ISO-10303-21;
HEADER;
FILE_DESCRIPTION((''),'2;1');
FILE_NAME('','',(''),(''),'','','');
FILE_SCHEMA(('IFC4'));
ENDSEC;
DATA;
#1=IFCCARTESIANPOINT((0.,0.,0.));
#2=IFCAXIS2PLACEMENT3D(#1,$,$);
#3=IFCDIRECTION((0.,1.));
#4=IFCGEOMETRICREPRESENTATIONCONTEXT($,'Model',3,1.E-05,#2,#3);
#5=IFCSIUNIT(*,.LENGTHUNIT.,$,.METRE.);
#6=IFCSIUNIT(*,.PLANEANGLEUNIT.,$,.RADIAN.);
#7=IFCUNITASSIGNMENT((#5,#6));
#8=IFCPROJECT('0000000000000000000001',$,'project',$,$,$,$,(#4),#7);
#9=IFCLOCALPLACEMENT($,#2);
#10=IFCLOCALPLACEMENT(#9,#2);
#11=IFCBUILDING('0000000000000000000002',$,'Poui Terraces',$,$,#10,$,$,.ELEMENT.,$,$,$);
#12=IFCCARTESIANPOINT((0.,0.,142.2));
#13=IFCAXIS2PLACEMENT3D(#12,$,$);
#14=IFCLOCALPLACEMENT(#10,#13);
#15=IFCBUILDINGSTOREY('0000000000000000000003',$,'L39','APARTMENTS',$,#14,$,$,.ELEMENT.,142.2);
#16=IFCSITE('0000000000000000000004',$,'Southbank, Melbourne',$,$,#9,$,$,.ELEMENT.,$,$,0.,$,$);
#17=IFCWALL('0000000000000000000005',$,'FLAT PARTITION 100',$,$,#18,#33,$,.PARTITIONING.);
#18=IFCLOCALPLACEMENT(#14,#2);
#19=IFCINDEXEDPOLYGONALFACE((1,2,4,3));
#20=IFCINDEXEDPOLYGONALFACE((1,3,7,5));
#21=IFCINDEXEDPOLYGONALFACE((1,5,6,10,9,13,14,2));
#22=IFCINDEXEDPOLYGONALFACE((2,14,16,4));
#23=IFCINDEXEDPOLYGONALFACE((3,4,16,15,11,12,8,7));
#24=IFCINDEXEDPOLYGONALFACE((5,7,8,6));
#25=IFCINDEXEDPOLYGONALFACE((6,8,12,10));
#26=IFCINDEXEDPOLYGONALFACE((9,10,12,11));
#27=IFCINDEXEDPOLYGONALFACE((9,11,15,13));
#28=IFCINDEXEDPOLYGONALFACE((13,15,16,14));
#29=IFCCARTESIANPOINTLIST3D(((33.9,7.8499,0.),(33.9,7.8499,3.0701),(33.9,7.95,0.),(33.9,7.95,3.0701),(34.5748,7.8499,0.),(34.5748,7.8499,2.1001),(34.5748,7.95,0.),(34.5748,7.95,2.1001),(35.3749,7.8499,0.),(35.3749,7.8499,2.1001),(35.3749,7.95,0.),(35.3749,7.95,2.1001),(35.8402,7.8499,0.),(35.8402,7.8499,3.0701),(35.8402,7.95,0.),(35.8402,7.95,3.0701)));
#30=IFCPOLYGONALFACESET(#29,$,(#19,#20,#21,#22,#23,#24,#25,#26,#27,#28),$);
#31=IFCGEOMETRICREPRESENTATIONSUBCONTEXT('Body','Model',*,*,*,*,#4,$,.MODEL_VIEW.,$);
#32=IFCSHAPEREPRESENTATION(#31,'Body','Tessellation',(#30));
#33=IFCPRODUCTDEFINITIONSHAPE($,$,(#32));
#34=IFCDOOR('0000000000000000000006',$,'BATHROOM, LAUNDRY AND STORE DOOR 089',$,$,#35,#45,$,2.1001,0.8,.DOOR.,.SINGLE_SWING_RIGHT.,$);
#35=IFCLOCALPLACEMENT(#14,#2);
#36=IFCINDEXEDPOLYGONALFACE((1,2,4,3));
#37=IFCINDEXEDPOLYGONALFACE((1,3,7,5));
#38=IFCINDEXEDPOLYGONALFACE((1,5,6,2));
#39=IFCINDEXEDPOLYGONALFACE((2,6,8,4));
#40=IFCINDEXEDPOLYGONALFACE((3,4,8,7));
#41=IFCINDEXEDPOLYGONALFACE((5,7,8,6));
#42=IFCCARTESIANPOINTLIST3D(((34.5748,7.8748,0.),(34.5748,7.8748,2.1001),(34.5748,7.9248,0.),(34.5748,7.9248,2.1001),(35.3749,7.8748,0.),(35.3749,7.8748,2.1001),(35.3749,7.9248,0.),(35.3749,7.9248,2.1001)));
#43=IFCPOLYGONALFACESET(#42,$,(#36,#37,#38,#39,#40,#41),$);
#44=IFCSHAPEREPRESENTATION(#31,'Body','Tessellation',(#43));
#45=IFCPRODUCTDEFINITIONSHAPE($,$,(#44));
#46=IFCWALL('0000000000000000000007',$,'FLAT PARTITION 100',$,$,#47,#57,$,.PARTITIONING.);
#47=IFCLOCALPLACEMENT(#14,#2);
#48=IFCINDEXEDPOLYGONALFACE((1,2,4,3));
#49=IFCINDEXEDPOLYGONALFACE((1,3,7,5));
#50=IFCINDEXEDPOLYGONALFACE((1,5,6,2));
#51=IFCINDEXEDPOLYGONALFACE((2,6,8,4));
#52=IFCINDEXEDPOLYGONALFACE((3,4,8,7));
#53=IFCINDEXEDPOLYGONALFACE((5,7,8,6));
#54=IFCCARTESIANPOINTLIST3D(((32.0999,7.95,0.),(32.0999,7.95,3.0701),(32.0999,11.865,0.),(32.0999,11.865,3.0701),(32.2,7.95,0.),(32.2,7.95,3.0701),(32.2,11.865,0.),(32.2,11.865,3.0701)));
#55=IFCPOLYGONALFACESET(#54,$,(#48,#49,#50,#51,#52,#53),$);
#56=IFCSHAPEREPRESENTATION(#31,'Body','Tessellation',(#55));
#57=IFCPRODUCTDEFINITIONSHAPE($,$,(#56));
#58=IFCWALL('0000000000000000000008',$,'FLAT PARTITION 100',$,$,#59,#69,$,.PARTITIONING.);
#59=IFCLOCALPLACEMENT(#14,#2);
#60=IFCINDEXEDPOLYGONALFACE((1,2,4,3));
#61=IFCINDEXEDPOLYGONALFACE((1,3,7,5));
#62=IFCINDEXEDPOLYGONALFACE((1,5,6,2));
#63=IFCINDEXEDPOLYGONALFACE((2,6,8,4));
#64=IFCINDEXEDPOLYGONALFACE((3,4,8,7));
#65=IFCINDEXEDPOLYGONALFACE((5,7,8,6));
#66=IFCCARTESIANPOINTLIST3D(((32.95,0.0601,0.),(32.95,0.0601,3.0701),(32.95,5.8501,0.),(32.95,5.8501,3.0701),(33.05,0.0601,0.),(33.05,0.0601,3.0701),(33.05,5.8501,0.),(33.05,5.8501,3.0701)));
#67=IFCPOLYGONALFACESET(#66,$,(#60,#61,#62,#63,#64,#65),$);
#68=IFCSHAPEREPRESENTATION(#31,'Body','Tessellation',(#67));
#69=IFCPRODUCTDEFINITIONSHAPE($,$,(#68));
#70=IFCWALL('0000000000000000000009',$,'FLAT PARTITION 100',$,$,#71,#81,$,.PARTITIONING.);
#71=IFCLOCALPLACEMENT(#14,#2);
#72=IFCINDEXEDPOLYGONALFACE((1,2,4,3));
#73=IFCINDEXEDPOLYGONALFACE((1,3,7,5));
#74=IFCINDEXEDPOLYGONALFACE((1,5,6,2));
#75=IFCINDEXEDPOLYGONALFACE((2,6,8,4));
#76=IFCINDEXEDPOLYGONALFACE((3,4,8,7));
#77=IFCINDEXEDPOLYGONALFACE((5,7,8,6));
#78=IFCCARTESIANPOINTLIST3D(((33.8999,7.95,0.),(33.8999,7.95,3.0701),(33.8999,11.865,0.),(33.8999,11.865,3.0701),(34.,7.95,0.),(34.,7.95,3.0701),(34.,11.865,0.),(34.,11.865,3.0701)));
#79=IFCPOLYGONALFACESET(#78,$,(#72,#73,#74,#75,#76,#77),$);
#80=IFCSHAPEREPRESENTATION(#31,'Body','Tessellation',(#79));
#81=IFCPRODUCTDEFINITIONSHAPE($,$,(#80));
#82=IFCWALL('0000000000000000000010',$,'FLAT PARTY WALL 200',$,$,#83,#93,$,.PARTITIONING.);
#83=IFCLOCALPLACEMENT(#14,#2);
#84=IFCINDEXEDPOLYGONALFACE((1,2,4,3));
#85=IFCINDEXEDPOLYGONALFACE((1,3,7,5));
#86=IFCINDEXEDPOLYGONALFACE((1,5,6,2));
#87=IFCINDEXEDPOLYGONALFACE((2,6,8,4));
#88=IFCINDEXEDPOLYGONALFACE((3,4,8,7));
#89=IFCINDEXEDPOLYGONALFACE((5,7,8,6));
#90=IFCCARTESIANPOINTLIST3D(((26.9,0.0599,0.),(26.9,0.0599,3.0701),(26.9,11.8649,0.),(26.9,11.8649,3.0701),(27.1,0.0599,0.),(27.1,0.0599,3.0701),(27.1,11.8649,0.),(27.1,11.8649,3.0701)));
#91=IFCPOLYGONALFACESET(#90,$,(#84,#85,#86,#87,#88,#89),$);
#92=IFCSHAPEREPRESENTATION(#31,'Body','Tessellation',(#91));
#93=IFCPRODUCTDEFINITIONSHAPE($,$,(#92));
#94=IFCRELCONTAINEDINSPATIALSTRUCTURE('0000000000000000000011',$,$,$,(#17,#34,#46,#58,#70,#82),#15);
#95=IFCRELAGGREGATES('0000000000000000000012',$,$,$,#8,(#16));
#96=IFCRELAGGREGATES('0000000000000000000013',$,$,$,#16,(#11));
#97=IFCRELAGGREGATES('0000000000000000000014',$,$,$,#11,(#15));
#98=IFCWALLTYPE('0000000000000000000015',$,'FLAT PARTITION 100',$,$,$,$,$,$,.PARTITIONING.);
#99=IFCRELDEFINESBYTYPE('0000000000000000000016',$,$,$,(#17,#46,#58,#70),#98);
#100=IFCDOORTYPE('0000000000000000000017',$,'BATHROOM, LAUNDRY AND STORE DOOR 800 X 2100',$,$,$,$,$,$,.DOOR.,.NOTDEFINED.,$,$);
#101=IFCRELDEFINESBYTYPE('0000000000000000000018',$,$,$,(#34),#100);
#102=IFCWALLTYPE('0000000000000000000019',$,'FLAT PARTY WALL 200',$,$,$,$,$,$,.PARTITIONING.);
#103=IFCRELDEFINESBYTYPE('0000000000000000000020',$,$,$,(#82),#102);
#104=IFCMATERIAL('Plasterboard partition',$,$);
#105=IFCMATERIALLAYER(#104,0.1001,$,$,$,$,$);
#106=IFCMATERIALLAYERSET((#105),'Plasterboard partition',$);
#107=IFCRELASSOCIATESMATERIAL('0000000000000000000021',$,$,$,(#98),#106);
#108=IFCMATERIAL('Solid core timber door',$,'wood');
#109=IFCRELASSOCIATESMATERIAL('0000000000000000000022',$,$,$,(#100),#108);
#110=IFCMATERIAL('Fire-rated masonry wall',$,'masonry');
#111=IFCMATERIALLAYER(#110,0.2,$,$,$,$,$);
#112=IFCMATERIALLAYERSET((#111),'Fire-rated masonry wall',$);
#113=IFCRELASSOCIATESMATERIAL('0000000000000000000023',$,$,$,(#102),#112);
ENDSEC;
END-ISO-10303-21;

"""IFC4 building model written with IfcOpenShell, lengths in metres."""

from ifc_helpers import new_model, si_unit, direction, frame, frame_2d, origin, place, context, subcontext, project, spatial, rectangle, extrude, material, layer, layer_set, type_object, element, fill, save


model = new_model("IFC4")

# Units and contexts
model_context = context("Model", 3, precision=1e-05, world=origin(), true_north=direction((0.0, 1.0)))
body_context = subcontext(model_context, "Body", "Model", "MODEL_VIEW")
ifc_project = project(units=[si_unit("LENGTHUNIT", "METRE"), si_unit("PLANEANGLEUNIT", "RADIAN")], contexts=[model_context])

# Site, building, storey
site_placement = place(None, origin())
site = spatial("IfcSite", under=ifc_project, at=site_placement, Name="Southbank, Melbourne", CompositionType="ELEMENT", RefElevation=0.0)
building_placement = place(site_placement, origin())
building = spatial("IfcBuilding", under=site, at=building_placement, Name="Poui Terraces", CompositionType="ELEMENT")
storey_placement = place(building_placement, frame((0.0, 0.0, 142.2)))
storey = spatial("IfcBuildingStorey", under=building, at=storey_placement, Name="L39", Description="APARTMENTS", CompositionType="ELEMENT", Elevation=142.2)

# Wall, opening, door
ifc_material_1 = material(Name="Solid core timber door", Category="wood")
ifc_material_2 = material(Name="Plasterboard partition")
ifc_layer_1 = layer(ifc_material_2, 0.1001)
ifc_layer_set_1 = layer_set([ifc_layer_1], Name="Plasterboard partition")
wall_type_1 = type_object("IfcWallType", Name="FLAT PARTITION 100", PredefinedType="PARTITIONING", material=ifc_layer_set_1)
door_type_1 = type_object("IfcDoorType", Name="BATHROOM, LAUNDRY AND STORE DOOR 800 X 2100", OperationType="NOTDEFINED", PredefinedType="DOOR", material=ifc_material_1)
wall_1_placement = place(storey_placement, frame((33.8999, 7.8999, 0.0), z_axis=(0.0, 0.0, 1.0), x_axis=(1.0, 0.0, 0.0)))
wall_1 = element("IfcWall", 1, at=wall_1_placement, inside=storey, type_object=wall_type_1, Name="FLAT PARTITION 100", PredefinedType="PARTITIONING", context=body_context, shape_type="SweptSolid", body=[
    extrude(rectangle(XDim=1.9402, YDim=0.1001, at=frame_2d((0.9702, 0.0))), origin(), (0.0, 0.0, 1.0), 3.0701),
])
opening_1_placement = place(wall_1_placement, frame((0.675, 0.0, 0.0)))
opening_1 = element("IfcOpeningElement", 2, at=opening_1_placement, cuts=wall_1, PredefinedType="OPENING", context=body_context, shape_type="SweptSolid", body=[
    extrude(rectangle(XDim=0.8, YDim=2.1001, at=frame_2d((0.3999, 1.05))), frame((0.0, 0.0601, 0.0), z_axis=(0.0, -1.0, 0.0), x_axis=(1.0, 0.0, 0.0)), (0.0, 0.0, 1.0), 0.1201),
])
door_1_placement = place(opening_1_placement, origin())
door_1 = element("IfcDoor", 3, at=door_1_placement, inside=storey, type_object=door_type_1, Name="BATHROOM, LAUNDRY AND STORE DOOR 089", OperationType="SINGLE_SWING_RIGHT", OverallHeight=2.1001, OverallWidth=0.8, PredefinedType="DOOR", context=body_context, shape_type="SweptSolid", body=[
    extrude(rectangle(XDim=0.8, YDim=2.1001, at=frame_2d((0.3999, 1.05))), frame((0.0, 0.0249, 0.0), z_axis=(0.0, -1.0, 0.0), x_axis=(1.0, 0.0, 0.0)), (0.0, 0.0, 1.0), 0.05),
])
fill(opening_1, door_1)

# Walls
wall_2_placement = place(storey_placement, frame((32.1499, 7.95, 0.0), z_axis=(0.0, 0.0, 1.0), x_axis=(0.0, 1.0, 0.0)))
element("IfcWall", 4, at=wall_2_placement, inside=storey, type_object=wall_type_1, Name="FLAT PARTITION 100", PredefinedType="PARTITIONING", context=body_context, shape_type="SweptSolid", body=[
    extrude(rectangle(XDim=3.915, YDim=0.1001, at=frame_2d((1.9575, 0.0))), origin(), (0.0, 0.0, 1.0), 3.0701),
])
wall_3_placement = place(storey_placement, frame((33.0, 0.0601, 0.0), z_axis=(0.0, 0.0, 1.0), x_axis=(0.0, 1.0, 0.0)))
element("IfcWall", 5, at=wall_3_placement, inside=storey, type_object=wall_type_1, Name="FLAT PARTITION 100", PredefinedType="PARTITIONING", context=body_context, shape_type="SweptSolid", body=[
    extrude(rectangle(XDim=5.79, YDim=0.1001, at=frame_2d((2.895, 0.0))), origin(), (0.0, 0.0, 1.0), 3.0701),
])
wall_4_placement = place(storey_placement, frame((33.95, 7.95, 0.0), z_axis=(0.0, 0.0, 1.0), x_axis=(0.0, 1.0, 0.0)))
element("IfcWall", 6, at=wall_4_placement, inside=storey, type_object=wall_type_1, Name="FLAT PARTITION 100", PredefinedType="PARTITIONING", context=body_context, shape_type="SweptSolid", body=[
    extrude(rectangle(XDim=3.915, YDim=0.1001, at=frame_2d((1.9575, 0.0))), origin(), (0.0, 0.0, 1.0), 3.0701),
])
ifc_material_3 = material(Name="Fire-rated masonry wall", Category="masonry")
ifc_layer_2 = layer(ifc_material_3, 0.2)
ifc_layer_set_2 = layer_set([ifc_layer_2], Name="Fire-rated masonry wall")
wall_type_2 = type_object("IfcWallType", Name="FLAT PARTY WALL 200", PredefinedType="PARTITIONING", material=ifc_layer_set_2)
wall_5_placement = place(storey_placement, frame((27.0, 0.0601, 0.0), z_axis=(0.0, 0.0, 1.0), x_axis=(0.0, 1.0, 0.0)))
element("IfcWall", 7, at=wall_5_placement, inside=storey, type_object=wall_type_2, Name="FLAT PARTY WALL 200", PredefinedType="PARTITIONING", context=body_context, shape_type="SweptSolid", body=[
    extrude(rectangle(XDim=11.8049, YDim=0.2, at=frame_2d((5.9023, 0.0))), origin(), (0.0, 0.0, 1.0), 3.0701),
])

save(model, "model.ifc")
